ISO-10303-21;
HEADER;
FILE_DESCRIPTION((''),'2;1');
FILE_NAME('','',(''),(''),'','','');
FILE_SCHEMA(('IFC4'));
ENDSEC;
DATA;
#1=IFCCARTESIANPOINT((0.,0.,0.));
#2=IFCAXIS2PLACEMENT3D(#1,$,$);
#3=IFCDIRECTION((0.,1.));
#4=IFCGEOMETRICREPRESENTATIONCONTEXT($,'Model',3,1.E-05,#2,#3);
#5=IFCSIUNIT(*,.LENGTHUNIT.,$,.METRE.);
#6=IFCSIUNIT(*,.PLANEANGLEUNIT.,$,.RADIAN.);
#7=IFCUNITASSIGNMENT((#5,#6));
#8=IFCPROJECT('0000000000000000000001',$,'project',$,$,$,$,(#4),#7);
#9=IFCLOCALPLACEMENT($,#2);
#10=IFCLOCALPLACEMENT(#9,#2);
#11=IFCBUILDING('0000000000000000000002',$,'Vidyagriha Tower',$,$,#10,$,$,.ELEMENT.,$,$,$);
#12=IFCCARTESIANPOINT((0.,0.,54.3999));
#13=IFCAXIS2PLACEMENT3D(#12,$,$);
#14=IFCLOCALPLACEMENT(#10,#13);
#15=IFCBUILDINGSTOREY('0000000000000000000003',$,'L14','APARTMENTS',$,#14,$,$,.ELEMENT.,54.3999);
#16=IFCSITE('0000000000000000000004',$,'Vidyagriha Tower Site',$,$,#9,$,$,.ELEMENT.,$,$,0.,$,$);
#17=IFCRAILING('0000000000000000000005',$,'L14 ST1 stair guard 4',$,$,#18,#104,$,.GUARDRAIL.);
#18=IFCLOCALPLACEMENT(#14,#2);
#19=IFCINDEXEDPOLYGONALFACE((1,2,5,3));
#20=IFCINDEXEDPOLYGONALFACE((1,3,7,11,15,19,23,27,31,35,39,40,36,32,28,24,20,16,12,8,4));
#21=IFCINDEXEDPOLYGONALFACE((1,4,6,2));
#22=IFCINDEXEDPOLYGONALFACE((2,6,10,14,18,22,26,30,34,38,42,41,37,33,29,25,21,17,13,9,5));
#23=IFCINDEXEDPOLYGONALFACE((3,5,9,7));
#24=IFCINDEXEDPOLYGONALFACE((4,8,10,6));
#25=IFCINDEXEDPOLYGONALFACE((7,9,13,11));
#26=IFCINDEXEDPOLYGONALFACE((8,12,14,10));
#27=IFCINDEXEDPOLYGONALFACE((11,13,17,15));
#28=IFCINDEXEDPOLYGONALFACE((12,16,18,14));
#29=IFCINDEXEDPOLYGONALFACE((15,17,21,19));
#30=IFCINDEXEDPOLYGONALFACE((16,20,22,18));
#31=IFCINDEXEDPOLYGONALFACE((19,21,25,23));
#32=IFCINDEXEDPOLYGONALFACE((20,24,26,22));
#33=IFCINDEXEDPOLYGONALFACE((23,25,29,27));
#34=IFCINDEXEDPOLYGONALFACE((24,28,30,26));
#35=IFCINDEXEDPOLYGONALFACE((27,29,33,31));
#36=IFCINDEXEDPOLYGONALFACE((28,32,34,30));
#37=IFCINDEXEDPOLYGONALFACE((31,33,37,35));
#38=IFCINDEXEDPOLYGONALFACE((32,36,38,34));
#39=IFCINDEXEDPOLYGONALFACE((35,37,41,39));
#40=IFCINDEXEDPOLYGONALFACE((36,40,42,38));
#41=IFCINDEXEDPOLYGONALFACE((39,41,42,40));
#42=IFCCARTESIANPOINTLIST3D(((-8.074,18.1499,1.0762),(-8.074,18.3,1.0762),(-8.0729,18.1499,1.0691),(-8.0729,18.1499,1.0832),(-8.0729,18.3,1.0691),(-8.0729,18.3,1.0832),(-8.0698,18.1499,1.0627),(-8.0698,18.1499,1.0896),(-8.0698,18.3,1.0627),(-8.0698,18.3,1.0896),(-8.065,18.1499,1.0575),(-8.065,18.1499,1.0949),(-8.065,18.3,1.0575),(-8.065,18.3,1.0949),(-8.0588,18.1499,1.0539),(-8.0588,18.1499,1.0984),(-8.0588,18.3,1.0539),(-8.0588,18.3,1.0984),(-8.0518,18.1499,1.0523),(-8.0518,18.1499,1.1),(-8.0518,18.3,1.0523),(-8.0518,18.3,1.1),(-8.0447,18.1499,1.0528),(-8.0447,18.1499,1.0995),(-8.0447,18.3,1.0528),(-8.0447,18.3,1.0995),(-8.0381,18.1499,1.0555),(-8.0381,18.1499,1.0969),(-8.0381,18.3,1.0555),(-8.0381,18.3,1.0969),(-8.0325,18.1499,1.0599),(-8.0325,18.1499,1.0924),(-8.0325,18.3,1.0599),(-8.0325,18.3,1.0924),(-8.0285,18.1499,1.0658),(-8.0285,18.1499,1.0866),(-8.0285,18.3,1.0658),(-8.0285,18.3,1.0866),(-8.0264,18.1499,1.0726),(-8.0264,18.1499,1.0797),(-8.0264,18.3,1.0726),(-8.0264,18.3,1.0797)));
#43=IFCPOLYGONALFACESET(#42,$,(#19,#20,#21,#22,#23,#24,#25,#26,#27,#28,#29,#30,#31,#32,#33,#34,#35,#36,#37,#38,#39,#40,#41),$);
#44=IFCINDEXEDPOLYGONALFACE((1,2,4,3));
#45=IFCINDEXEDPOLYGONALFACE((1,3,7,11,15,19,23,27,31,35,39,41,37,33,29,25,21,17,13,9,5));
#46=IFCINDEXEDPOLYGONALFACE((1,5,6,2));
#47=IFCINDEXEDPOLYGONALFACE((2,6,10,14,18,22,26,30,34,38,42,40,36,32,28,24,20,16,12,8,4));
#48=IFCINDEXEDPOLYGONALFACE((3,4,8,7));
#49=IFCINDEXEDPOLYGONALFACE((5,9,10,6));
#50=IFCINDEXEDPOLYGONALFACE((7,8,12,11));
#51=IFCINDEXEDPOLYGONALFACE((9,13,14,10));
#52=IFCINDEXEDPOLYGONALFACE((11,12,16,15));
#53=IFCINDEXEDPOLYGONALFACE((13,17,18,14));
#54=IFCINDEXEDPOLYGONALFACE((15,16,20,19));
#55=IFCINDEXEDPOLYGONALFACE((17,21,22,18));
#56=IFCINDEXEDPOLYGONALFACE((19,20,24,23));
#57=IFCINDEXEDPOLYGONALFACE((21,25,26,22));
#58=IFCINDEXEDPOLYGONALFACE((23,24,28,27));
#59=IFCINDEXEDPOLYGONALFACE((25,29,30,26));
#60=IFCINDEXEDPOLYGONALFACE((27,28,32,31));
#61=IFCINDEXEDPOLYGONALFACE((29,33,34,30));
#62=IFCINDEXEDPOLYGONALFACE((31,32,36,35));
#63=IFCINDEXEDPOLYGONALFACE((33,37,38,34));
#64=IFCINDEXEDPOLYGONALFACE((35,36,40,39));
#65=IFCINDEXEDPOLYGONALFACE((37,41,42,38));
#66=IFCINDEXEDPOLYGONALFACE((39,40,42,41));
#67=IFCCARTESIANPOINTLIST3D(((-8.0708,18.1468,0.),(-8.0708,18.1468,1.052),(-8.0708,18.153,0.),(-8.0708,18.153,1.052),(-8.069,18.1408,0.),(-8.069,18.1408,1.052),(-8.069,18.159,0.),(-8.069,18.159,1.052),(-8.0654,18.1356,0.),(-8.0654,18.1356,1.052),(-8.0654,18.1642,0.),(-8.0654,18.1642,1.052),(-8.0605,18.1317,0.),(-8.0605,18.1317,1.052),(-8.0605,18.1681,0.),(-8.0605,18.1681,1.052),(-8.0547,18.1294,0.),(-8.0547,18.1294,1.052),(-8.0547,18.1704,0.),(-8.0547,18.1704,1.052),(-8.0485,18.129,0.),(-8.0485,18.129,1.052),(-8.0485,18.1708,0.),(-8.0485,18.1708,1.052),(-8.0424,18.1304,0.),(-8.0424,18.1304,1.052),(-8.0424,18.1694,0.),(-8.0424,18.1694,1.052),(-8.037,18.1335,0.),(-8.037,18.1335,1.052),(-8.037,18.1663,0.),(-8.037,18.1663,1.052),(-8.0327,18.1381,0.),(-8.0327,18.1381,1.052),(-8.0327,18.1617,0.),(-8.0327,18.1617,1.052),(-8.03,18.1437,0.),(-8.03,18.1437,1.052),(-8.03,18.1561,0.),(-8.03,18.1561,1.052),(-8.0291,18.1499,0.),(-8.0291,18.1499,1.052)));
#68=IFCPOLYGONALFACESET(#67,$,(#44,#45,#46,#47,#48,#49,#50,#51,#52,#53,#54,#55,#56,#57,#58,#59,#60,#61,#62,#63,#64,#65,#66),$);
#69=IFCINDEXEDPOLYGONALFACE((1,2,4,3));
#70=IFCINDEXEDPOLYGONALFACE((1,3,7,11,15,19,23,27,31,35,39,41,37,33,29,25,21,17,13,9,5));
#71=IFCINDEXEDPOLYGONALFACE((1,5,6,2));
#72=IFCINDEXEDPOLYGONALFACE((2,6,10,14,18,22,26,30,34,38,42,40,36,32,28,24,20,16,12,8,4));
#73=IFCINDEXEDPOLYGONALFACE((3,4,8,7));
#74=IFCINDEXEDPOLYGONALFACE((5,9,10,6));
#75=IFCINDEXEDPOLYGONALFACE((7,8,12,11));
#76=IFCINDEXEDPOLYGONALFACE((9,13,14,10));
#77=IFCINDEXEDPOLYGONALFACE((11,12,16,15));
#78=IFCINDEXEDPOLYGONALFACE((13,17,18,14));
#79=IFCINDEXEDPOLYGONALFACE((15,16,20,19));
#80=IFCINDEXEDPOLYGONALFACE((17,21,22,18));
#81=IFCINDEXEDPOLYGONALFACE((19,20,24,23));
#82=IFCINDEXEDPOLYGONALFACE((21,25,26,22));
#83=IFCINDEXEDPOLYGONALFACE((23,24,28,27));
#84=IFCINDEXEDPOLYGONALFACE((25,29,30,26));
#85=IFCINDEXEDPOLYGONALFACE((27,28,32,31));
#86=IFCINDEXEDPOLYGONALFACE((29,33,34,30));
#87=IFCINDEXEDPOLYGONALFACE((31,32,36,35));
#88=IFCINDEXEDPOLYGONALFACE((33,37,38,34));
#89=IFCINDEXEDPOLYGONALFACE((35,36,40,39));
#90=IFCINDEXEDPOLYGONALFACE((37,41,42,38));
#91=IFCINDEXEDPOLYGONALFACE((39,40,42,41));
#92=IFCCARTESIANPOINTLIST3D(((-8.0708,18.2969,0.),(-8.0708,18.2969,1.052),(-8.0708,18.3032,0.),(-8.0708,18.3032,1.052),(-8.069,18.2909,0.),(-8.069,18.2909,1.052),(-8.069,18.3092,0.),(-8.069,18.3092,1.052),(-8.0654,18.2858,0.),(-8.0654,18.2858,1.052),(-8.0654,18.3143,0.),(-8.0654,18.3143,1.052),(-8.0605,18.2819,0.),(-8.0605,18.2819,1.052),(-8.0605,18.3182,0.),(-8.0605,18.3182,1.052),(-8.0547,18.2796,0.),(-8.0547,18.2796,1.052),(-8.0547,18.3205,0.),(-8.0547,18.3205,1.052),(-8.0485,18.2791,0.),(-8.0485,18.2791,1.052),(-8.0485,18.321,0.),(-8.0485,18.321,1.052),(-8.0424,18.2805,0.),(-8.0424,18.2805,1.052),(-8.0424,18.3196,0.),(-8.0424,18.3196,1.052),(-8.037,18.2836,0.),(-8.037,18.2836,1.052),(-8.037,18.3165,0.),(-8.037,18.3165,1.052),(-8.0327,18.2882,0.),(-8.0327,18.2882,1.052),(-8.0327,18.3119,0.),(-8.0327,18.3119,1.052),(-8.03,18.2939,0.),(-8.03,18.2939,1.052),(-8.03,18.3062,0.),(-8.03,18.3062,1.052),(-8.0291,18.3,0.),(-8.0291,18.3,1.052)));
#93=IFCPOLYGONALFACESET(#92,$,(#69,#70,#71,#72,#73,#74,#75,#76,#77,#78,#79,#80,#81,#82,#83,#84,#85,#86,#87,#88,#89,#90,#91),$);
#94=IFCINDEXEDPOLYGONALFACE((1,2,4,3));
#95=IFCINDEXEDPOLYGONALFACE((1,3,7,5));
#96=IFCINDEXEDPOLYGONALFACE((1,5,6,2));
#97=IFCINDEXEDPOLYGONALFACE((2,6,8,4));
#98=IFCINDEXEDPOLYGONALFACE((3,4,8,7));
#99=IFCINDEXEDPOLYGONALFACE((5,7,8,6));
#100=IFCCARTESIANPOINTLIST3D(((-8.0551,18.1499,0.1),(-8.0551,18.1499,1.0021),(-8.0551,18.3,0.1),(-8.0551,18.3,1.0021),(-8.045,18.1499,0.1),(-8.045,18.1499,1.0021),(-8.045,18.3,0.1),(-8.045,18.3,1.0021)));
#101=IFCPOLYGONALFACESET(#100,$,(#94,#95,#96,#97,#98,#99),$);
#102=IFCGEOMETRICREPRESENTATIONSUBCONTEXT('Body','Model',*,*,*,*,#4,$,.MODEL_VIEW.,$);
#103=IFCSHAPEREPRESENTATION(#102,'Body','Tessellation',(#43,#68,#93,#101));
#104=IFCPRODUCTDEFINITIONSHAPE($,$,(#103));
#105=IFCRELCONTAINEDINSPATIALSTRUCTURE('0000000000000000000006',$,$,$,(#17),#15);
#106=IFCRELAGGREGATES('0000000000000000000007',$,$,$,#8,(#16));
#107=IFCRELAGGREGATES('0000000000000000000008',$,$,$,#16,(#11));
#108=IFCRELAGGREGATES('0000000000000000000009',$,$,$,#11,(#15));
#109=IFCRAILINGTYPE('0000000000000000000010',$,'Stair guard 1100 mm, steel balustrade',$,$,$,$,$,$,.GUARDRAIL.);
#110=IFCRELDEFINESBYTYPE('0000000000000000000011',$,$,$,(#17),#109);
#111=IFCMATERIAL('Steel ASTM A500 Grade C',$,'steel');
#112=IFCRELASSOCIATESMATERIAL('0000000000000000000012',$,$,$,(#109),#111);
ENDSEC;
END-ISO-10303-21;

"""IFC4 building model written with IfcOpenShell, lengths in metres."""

from ifc_helpers import new_model, si_unit, direction, frame, origin, origin_2d, place, context, subcontext, project, spatial, rectangle, circle, extrude, material, type_object, element, save


model = new_model("IFC4")

# Units and contexts
model_context = context("Model", 3, precision=1e-05, world=origin(), true_north=direction((0.0, 1.0)))
body_context = subcontext(model_context, "Body", "Model", "MODEL_VIEW")
ifc_project = project(units=[si_unit("LENGTHUNIT", "METRE"), si_unit("PLANEANGLEUNIT", "RADIAN")], contexts=[model_context])

# Site, building, storey
site_placement = place(None, origin())
site = spatial("IfcSite", under=ifc_project, at=site_placement, Name="Vidyagriha Tower Site", CompositionType="ELEMENT", RefElevation=0.0)
building_placement = place(site_placement, origin())
building = spatial("IfcBuilding", under=site, at=building_placement, Name="Vidyagriha Tower", CompositionType="ELEMENT")
storey_placement = place(building_placement, frame((0.0, 0.0, 54.3999)))
storey = spatial("IfcBuildingStorey", under=building, at=storey_placement, Name="L14", Description="APARTMENTS", CompositionType="ELEMENT", Elevation=54.3999)

# Railing
ifc_material_1 = material(Name="Steel ASTM A500 Grade C", Category="steel")
railing_type_1 = type_object("IfcRailingType", Name="Stair guard 1100 mm, steel balustrade", PredefinedType="GUARDRAIL", material=ifc_material_1)
railing_1_placement = place(storey_placement, frame((-8.05, 18.1499, 0.0)))
element("IfcRailing", 1, at=railing_1_placement, inside=storey, type_object=railing_type_1, Name="L14 ST1 stair guard 4", PredefinedType="GUARDRAIL", context=body_context, shape_type="SweptSolid", body=[
    extrude(circle(Radius=0.0239, at=origin_2d()), frame((0.0, 0.0, 1.0762), z_axis=(0.0, 1.0, 0.0), x_axis=(-1.0, 0.0, 0.0)), (0.0, 0.0, 1.0), 0.1501),
    extrude(circle(Radius=0.021, at=origin_2d()), origin(), (0.0, 0.0, 1.0), 1.052),
    extrude(circle(Radius=0.021, at=origin_2d()), frame((0.0, 0.1501, 0.0)), (0.0, 0.0, 1.0), 1.052),
    extrude(rectangle(XDim=0.01, YDim=0.9021, at=origin_2d()), frame((0.0, 0.0, 0.551), z_axis=(0.0, 1.0, 0.0), x_axis=(-1.0, 0.0, 0.0)), (0.0, 0.0, 1.0), 0.1501),
])

save(model, "model.ifc")
